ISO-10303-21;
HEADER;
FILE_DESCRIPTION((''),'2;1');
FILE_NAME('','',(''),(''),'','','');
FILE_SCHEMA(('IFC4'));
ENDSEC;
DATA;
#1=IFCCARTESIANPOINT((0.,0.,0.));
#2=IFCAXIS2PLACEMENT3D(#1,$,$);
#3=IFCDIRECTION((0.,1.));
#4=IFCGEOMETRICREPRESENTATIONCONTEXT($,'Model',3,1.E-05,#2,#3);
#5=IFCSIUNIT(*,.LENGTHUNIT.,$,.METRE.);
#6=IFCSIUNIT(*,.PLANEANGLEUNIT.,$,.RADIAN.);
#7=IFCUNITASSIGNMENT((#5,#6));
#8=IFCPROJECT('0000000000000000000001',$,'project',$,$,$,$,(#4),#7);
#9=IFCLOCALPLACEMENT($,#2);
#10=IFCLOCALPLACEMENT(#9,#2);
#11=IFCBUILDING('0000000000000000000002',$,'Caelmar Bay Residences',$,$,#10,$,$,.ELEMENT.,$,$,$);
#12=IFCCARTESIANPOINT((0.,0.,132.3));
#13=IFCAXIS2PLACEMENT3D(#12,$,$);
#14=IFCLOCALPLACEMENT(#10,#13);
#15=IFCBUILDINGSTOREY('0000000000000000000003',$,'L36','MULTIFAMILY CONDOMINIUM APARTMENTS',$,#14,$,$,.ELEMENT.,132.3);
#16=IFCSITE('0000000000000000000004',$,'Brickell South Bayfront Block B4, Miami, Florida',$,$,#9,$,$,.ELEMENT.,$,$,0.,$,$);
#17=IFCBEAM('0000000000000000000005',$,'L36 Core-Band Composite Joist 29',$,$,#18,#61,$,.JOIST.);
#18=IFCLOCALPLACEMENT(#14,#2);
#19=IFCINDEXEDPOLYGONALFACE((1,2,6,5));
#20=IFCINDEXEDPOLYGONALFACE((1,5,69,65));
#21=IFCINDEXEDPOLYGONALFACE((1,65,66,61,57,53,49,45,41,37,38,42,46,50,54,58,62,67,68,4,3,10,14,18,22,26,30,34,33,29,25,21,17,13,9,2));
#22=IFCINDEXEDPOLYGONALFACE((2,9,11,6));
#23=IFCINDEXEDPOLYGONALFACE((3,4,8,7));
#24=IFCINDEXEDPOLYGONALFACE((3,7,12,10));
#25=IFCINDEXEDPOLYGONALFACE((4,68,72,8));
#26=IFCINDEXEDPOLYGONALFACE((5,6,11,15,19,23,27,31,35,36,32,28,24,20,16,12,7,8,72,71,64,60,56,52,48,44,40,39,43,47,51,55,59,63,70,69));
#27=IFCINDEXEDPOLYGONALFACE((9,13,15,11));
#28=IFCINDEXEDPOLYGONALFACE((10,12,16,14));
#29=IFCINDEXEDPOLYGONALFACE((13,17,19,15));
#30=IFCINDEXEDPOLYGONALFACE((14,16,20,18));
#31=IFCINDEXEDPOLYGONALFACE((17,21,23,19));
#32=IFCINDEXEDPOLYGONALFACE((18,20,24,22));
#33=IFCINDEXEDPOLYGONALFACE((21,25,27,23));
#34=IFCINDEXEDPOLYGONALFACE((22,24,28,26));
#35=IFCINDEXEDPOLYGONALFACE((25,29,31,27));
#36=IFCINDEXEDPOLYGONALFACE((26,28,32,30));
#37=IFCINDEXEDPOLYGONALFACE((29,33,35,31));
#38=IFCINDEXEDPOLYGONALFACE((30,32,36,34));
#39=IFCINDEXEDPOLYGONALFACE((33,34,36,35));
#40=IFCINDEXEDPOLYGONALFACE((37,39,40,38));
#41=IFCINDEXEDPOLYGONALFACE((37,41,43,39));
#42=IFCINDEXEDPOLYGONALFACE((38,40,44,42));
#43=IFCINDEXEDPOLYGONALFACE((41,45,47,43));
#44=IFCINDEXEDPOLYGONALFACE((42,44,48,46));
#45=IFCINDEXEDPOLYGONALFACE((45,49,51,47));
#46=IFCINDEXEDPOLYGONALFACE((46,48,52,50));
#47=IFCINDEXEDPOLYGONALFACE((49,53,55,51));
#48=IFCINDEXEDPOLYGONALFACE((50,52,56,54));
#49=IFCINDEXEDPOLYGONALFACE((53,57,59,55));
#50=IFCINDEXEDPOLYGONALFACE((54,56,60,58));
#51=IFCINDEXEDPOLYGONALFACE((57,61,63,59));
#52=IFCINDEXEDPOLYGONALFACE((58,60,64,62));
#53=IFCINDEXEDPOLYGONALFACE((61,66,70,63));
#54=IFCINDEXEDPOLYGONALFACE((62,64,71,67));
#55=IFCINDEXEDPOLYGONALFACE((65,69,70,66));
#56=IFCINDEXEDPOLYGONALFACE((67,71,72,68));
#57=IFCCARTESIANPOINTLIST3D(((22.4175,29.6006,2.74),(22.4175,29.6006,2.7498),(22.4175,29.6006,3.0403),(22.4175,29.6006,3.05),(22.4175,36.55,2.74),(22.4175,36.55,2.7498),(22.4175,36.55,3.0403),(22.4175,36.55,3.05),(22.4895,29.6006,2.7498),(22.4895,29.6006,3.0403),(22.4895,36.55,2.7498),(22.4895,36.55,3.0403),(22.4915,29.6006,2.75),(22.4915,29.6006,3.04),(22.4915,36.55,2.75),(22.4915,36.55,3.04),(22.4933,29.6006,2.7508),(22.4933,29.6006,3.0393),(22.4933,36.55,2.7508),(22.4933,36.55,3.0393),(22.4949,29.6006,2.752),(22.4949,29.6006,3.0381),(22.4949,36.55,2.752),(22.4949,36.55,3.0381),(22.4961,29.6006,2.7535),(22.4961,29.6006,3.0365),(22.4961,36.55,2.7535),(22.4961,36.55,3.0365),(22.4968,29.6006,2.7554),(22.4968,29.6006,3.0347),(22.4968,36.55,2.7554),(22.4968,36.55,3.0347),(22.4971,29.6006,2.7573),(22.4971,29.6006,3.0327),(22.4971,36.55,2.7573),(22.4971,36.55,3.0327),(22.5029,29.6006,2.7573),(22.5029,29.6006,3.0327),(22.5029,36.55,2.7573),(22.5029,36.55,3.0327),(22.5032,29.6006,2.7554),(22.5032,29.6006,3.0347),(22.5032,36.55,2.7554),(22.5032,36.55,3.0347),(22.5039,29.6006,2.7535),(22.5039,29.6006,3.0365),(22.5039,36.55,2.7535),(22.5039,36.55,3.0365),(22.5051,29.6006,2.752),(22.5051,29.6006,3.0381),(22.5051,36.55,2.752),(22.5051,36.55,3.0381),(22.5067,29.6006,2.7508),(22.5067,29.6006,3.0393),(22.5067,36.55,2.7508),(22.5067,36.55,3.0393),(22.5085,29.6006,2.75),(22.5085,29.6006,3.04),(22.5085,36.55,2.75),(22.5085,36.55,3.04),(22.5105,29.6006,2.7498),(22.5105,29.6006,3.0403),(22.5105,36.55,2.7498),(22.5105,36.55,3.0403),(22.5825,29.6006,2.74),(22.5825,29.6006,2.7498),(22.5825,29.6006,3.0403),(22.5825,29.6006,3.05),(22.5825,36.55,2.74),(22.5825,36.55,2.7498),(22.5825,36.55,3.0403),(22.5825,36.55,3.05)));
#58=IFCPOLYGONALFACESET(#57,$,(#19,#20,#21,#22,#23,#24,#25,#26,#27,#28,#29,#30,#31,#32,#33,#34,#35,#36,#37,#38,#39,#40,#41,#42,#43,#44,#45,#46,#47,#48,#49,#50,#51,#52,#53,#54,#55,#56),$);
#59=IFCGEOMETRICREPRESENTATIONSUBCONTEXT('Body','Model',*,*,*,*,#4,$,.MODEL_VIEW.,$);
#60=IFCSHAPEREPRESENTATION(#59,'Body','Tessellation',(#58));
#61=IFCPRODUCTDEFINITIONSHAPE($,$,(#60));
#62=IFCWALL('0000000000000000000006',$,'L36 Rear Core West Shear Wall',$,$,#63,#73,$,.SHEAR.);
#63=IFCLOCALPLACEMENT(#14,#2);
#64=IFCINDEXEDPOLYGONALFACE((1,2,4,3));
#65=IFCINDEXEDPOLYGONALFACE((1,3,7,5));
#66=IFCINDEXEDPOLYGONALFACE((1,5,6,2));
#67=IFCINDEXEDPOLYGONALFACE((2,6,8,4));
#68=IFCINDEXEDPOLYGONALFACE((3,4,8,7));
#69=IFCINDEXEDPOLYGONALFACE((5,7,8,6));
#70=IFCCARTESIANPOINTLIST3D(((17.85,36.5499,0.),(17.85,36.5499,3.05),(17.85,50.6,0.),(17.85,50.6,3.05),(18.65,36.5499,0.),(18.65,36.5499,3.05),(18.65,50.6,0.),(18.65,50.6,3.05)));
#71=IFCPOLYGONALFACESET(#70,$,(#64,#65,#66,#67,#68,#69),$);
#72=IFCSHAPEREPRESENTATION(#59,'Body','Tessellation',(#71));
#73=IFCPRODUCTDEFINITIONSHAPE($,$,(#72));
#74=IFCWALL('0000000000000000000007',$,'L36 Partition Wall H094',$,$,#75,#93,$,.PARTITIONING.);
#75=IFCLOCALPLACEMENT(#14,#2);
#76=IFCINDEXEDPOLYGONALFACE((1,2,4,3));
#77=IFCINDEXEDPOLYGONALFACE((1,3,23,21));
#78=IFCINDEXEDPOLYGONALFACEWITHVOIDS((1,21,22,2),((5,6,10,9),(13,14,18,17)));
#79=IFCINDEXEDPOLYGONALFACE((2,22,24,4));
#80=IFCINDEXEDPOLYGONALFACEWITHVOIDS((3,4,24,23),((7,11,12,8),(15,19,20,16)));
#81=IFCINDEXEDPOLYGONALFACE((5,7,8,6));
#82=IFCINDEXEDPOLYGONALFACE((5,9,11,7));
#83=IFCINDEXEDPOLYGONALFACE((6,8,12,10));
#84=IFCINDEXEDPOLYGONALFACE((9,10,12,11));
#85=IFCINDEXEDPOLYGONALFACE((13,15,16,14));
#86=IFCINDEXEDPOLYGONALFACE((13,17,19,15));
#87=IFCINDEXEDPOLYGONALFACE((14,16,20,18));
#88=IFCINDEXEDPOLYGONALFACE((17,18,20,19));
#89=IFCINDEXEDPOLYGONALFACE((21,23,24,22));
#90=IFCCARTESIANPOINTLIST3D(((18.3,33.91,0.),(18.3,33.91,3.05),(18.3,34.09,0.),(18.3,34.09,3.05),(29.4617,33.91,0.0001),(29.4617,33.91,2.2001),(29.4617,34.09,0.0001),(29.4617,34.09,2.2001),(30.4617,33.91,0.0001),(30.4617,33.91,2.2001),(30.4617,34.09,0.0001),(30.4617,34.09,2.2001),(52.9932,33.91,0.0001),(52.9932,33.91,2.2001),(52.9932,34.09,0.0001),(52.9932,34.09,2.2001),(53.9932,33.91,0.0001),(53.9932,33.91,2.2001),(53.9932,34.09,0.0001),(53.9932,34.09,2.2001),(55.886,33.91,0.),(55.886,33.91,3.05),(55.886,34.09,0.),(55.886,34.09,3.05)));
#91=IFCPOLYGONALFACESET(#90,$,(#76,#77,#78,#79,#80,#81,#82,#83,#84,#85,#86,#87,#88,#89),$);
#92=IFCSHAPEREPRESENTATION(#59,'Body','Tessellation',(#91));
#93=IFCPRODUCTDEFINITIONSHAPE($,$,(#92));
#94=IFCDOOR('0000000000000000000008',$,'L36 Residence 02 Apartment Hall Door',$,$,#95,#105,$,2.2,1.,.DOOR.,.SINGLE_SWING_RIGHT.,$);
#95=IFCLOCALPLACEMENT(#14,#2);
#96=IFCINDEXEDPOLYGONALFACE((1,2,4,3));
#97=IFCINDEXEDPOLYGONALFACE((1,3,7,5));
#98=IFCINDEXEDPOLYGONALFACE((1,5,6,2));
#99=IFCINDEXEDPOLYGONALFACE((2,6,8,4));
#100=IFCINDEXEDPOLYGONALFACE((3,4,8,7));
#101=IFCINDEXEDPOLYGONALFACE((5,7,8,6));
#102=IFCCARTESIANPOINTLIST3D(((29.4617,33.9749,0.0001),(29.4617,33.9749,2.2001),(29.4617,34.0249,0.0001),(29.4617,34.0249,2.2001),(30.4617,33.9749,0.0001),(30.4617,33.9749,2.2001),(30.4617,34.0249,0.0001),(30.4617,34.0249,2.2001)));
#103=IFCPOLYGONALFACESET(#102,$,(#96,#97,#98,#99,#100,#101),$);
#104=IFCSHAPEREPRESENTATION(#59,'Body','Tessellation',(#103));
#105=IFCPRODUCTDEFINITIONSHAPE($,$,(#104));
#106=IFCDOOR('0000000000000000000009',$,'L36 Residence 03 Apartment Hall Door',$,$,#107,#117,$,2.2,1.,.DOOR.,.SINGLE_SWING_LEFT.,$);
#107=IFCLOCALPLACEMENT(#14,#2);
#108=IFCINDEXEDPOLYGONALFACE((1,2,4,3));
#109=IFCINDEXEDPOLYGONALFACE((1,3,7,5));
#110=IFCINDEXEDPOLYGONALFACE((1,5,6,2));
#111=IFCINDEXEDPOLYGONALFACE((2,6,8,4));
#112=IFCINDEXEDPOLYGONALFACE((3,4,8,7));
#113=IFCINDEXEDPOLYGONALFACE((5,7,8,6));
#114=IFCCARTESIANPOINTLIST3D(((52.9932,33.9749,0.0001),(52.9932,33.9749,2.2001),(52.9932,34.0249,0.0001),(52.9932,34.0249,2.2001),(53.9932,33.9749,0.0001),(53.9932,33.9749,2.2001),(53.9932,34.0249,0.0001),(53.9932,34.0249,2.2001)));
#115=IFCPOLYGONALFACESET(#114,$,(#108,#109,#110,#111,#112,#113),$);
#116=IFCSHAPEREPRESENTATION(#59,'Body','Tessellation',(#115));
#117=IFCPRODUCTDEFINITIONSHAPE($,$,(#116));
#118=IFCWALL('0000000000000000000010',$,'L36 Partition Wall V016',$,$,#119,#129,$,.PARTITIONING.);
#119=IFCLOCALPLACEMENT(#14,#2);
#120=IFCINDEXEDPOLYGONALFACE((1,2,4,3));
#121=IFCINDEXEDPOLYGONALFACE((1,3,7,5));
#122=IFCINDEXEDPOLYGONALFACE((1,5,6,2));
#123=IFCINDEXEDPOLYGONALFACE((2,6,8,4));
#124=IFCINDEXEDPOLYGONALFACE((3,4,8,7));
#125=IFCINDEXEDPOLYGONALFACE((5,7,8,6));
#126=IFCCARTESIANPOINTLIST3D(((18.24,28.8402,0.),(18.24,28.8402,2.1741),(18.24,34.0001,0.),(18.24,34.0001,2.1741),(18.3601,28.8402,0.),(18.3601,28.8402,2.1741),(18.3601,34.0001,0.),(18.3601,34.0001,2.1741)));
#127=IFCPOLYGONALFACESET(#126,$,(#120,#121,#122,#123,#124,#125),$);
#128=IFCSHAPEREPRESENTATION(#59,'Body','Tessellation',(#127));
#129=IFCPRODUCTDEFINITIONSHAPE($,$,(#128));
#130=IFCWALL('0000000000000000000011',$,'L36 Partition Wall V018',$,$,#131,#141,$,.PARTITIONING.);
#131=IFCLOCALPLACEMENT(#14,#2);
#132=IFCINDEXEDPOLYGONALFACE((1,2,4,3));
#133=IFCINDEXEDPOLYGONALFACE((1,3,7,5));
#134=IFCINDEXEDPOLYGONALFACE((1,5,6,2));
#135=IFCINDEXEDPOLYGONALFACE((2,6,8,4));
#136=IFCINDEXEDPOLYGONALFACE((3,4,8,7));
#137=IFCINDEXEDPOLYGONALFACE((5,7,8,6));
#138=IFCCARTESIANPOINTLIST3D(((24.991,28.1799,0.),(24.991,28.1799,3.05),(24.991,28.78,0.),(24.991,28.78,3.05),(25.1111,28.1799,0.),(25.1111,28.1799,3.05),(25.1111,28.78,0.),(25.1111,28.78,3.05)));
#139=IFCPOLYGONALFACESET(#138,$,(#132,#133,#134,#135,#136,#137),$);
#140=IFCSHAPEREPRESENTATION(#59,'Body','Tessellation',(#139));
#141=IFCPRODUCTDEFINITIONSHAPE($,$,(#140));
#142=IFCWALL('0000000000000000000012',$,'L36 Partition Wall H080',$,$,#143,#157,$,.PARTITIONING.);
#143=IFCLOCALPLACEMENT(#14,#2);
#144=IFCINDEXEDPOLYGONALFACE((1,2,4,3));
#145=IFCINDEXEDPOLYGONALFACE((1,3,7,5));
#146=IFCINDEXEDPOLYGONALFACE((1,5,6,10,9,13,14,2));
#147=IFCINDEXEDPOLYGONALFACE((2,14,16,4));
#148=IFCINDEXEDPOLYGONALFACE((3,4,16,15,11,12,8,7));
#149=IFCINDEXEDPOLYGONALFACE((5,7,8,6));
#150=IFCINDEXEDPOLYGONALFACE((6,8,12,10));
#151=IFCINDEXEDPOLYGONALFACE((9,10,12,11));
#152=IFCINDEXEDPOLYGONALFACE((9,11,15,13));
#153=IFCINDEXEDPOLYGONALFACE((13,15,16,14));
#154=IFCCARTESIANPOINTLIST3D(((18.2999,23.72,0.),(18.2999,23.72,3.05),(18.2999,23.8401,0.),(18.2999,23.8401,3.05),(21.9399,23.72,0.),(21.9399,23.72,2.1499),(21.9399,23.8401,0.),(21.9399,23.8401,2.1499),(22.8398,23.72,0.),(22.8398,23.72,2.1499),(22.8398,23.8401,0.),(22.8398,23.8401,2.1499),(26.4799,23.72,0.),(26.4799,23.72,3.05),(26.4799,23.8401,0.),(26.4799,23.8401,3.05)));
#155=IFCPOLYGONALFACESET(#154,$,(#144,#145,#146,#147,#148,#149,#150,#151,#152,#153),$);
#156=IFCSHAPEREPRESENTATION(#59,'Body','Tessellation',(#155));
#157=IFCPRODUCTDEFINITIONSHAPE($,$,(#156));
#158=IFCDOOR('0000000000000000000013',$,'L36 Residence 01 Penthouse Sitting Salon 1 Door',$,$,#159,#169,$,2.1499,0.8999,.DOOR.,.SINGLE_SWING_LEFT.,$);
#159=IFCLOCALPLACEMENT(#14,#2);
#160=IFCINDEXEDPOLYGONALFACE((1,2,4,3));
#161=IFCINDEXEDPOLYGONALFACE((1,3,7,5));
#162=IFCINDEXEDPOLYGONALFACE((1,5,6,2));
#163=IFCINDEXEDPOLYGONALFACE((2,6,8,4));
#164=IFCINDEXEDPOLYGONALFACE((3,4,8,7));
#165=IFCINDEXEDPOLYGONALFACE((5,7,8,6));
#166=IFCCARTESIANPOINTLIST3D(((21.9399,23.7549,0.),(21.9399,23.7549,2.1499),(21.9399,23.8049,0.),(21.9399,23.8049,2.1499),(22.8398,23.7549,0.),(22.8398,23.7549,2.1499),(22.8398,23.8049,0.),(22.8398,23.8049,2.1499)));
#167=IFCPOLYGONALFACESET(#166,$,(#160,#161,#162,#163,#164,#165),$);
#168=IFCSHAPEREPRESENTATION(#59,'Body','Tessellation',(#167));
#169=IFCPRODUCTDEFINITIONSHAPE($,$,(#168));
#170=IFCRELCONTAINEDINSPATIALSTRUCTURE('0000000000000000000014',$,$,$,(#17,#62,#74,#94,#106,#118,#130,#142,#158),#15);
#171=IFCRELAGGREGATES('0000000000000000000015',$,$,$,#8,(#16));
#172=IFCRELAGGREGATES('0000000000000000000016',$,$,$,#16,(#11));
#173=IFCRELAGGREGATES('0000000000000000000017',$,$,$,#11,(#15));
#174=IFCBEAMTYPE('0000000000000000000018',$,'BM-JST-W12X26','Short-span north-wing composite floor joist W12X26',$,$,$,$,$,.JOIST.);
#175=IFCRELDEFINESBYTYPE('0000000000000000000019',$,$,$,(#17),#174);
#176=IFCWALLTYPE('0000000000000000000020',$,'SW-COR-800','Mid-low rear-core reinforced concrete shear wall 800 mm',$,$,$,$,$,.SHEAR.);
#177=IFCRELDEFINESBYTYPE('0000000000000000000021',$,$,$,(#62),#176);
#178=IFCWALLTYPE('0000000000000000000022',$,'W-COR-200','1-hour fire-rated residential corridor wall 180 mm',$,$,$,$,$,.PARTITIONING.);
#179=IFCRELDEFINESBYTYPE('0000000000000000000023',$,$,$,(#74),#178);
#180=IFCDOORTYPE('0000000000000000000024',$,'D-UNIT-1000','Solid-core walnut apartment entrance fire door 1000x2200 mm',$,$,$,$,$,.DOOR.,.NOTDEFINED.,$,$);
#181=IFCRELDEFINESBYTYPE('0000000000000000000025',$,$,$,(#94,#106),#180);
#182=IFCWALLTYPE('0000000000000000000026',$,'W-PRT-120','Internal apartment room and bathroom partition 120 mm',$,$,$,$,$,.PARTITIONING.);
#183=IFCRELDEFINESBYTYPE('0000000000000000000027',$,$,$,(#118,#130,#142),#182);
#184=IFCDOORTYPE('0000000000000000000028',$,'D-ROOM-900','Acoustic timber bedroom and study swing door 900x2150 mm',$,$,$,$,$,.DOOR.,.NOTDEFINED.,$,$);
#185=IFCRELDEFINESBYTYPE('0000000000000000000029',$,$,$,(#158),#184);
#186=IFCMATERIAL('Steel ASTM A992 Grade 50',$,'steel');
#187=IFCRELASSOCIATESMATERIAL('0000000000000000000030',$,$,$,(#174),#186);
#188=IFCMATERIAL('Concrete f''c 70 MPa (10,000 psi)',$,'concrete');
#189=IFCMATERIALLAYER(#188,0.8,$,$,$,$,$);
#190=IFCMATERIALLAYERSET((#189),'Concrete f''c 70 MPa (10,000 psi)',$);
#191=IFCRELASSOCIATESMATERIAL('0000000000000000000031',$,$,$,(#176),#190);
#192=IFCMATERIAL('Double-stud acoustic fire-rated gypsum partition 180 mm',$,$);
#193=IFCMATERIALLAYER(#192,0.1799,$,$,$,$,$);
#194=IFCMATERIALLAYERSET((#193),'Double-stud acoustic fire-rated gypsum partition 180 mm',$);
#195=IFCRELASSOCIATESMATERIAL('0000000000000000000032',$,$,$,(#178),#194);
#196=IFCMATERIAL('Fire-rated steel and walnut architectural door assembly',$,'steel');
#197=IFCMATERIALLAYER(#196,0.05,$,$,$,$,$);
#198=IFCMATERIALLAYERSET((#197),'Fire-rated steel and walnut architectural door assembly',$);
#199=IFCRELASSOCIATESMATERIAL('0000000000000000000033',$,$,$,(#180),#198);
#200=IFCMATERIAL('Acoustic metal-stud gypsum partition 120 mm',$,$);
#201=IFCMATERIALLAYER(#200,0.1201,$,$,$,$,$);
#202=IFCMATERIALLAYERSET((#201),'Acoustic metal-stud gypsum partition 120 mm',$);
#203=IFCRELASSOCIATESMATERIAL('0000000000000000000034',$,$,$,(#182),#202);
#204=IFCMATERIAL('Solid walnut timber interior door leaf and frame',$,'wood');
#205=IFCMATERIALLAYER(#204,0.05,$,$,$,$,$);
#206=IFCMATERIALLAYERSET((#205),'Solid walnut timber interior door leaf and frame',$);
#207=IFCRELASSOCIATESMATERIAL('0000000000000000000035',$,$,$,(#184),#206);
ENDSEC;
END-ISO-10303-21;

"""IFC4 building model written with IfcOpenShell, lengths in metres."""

from ifc_helpers import new_model, si_unit, direction, frame, frame_2d, origin, origin_2d, place, context, subcontext, project, spatial, rectangle, i_section, extrude, material, layer, layer_set, material_profile, profile_set, type_object, element, fill, save


model = new_model("IFC4")

# Units and contexts
model_context = context("Model", 3, precision=1e-05, world=origin(), true_north=direction((0.0, 1.0)))
body_context = subcontext(model_context, "Body", "Model", "MODEL_VIEW")
ifc_project = project(units=[si_unit("LENGTHUNIT", "METRE"), si_unit("PLANEANGLEUNIT", "RADIAN")], contexts=[model_context])

# Site, building, storey
site_placement = place(None, origin())
site = spatial("IfcSite", under=ifc_project, at=site_placement, Name="Brickell South Bayfront Block B4, Miami, Florida", CompositionType="ELEMENT", RefElevation=0.0)
building_placement = place(site_placement, origin())
building = spatial("IfcBuilding", under=site, at=building_placement, Name="Caelmar Bay Residences", CompositionType="ELEMENT")
storey_placement = place(building_placement, frame((0.0, 0.0, 132.3)))
storey = spatial("IfcBuildingStorey", under=building, at=storey_placement, Name="L36", Description="MULTIFAMILY CONDOMINIUM APARTMENTS", CompositionType="ELEMENT", Elevation=132.3)

# Shared definitions
ifc_material_1 = material(Name="Concrete f'c 70 MPa (10,000 psi)", Category="concrete")

# Beam
ifc_material_2 = material(Name="Steel ASTM A992 Grade 50", Category="steel")
ifc_material_profile_1 = material_profile(ifc_material_2, i_section(OverallWidth=0.165, OverallDepth=0.3101, WebThickness=0.0059, FlangeThickness=0.0098, FilletRadius=0.0076, at=origin_2d()), Name="W12X26")
ifc_profile_set_1 = profile_set([ifc_material_profile_1], Name="Steel ASTM A992 Grade 50")
beam_type_1 = type_object("IfcBeamType", Name="BM-JST-W12X26", Description="Short-span north-wing composite floor joist W12X26", PredefinedType="JOIST", material=ifc_profile_set_1)
beam_1_placement = place(storey_placement, frame((22.5, 29.6006, 2.895), z_axis=(0.0, 1.0, 0.0), x_axis=(-1.0, 0.0, 0.0)))
element("IfcBeam", 1, at=beam_1_placement, inside=storey, type_object=beam_type_1, Name="L36 Core-Band Composite Joist 29", PredefinedType="JOIST", context=body_context, shape_type="SweptSolid", body=[
    extrude(i_section(OverallWidth=0.165, OverallDepth=0.3101, WebThickness=0.0059, FlangeThickness=0.0098, FilletRadius=0.0076, at=origin_2d()), origin(), (0.0, 0.0, 1.0), 6.9495),
])

# Shared definitions
ifc_material_3 = material(Name="Fire-rated steel and walnut architectural door assembly", Category="steel")

# Shared definitions
ifc_layer_1 = layer(ifc_material_1, 0.8)
ifc_layer_set_1 = layer_set([ifc_layer_1], Name="Concrete f'c 70 MPa (10,000 psi)")
wall_type_1 = type_object("IfcWallType", Name="SW-COR-800", Description="Mid-low rear-core reinforced concrete shear wall 800 mm", PredefinedType="SHEAR", material=ifc_layer_set_1)

# Wall
wall_1_placement = place(storey_placement, frame((18.25, 36.55, 0.0), z_axis=(0.0, 0.0, 1.0), x_axis=(0.0, 1.0, 0.0)))
element("IfcWall", 2, at=wall_1_placement, inside=storey, type_object=wall_type_1, Name="L36 Rear Core West Shear Wall", PredefinedType="SHEAR", context=body_context, shape_type="SweptSolid", body=[
    extrude(rectangle(XDim=14.05, YDim=0.8, at=frame_2d((7.0249, 0.0))), origin(), (0.0, 0.0, 1.0), 3.05),
])

# Wall, openings, doors
ifc_material_4 = material(Name="Double-stud acoustic fire-rated gypsum partition 180 mm")
ifc_layer_2 = layer(ifc_material_4, 0.1799)
ifc_layer_set_2 = layer_set([ifc_layer_2], Name="Double-stud acoustic fire-rated gypsum partition 180 mm")
wall_type_2 = type_object("IfcWallType", Name="W-COR-200", Description="1-hour fire-rated residential corridor wall 180 mm", PredefinedType="PARTITIONING", material=ifc_layer_set_2)
wall_2_placement = place(storey_placement, frame((18.3, 34.0, 0.0), z_axis=(0.0, 0.0, 1.0), x_axis=(1.0, 0.0, 0.0)))
wall_2 = element("IfcWall", 3, at=wall_2_placement, inside=storey, type_object=wall_type_2, Name="L36 Partition Wall H094", PredefinedType="PARTITIONING", context=body_context, shape_type="SweptSolid", body=[
    extrude(rectangle(XDim=37.5859, YDim=0.1799, at=frame_2d((18.793, 0.0))), origin(), (0.0, 0.0, 1.0), 3.05),
])
opening_1_placement = place(wall_2_placement, frame((11.1616, 0.0, 0.0)))
opening_1 = element("IfcOpeningElement", 4, at=opening_1_placement, cuts=wall_2, PredefinedType="OPENING", context=body_context, shape_type="SweptSolid", body=[
    extrude(rectangle(XDim=1.0, YDim=2.2, at=frame_2d((0.5, 1.1001))), frame((0.0, 0.0999, 0.0), z_axis=(0.0, -1.0, 0.0), x_axis=(1.0, 0.0, 0.0)), (0.0, 0.0, 1.0), 0.2),
])
opening_2_placement = place(wall_2_placement, frame((34.6931, 0.0, 0.0)))
opening_2 = element("IfcOpeningElement", 5, at=opening_2_placement, cuts=wall_2, PredefinedType="OPENING", context=body_context, shape_type="SweptSolid", body=[
    extrude(rectangle(XDim=1.0, YDim=2.2, at=frame_2d((0.5, 1.1001))), frame((0.0, 0.0999, 0.0), z_axis=(0.0, -1.0, 0.0), x_axis=(1.0, 0.0, 0.0)), (0.0, 0.0, 1.0), 0.2),
])
ifc_layer_3 = layer(ifc_material_3, 0.05)
ifc_layer_set_3 = layer_set([ifc_layer_3], Name="Fire-rated steel and walnut architectural door assembly")
door_type_1 = type_object("IfcDoorType", Name="D-UNIT-1000", Description="Solid-core walnut apartment entrance fire door 1000x2200 mm", OperationType="NOTDEFINED", PredefinedType="DOOR", material=ifc_layer_set_3)
door_1_placement = place(opening_1_placement, origin())
door_1 = element("IfcDoor", 6, at=door_1_placement, inside=storey, type_object=door_type_1, Name="L36 Residence 02 Apartment Hall Door", OperationType="SINGLE_SWING_RIGHT", OverallHeight=2.2, OverallWidth=1.0, PredefinedType="DOOR", context=body_context, shape_type="SweptSolid", body=[
    extrude(rectangle(XDim=1.0, YDim=2.2, at=frame_2d((0.5, 1.1001))), frame((0.0, 0.0249, 0.0), z_axis=(0.0, -1.0, 0.0), x_axis=(1.0, 0.0, 0.0)), (0.0, 0.0, 1.0), 0.05),
])
fill(opening_1, door_1)
door_2_placement = place(opening_2_placement, origin())
door_2 = element("IfcDoor", 7, at=door_2_placement, inside=storey, type_object=door_type_1, Name="L36 Residence 03 Apartment Hall Door", OperationType="SINGLE_SWING_LEFT", OverallHeight=2.2, OverallWidth=1.0, PredefinedType="DOOR", context=body_context, shape_type="SweptSolid", body=[
    extrude(rectangle(XDim=1.0, YDim=2.2, at=frame_2d((0.5, 1.1001))), frame((0.0, 0.0249, 0.0), z_axis=(0.0, -1.0, 0.0), x_axis=(1.0, 0.0, 0.0)), (0.0, 0.0, 1.0), 0.05),
])
fill(opening_2, door_2)

# Walls
ifc_material_5 = material(Name="Acoustic metal-stud gypsum partition 120 mm")
ifc_layer_4 = layer(ifc_material_5, 0.1201)
ifc_layer_set_4 = layer_set([ifc_layer_4], Name="Acoustic metal-stud gypsum partition 120 mm")
wall_type_3 = type_object("IfcWallType", Name="W-PRT-120", Description="Internal apartment room and bathroom partition 120 mm", PredefinedType="PARTITIONING", material=ifc_layer_set_4)
wall_3_placement = place(storey_placement, frame((18.3, 28.8401, 0.0), z_axis=(0.0, 0.0, 1.0), x_axis=(0.0, 1.0, 0.0)))
element("IfcWall", 8, at=wall_3_placement, inside=storey, type_object=wall_type_3, Name="L36 Partition Wall V016", PredefinedType="PARTITIONING", context=body_context, shape_type="SweptSolid", body=[
    extrude(rectangle(XDim=5.1599, YDim=0.1201, at=frame_2d((2.5801, 0.0))), origin(), (0.0, 0.0, 1.0), 2.1741),
])
wall_4_placement = place(storey_placement, frame((25.051, 28.1799, 0.0), z_axis=(0.0, 0.0, 1.0), x_axis=(0.0, 1.0, 0.0)))
element("IfcWall", 9, at=wall_4_placement, inside=storey, type_object=wall_type_3, Name="L36 Partition Wall V018", PredefinedType="PARTITIONING", context=body_context, shape_type="SweptSolid", body=[
    extrude(rectangle(XDim=0.6001, YDim=0.1201, at=frame_2d((0.3, 0.0))), origin(), (0.0, 0.0, 1.0), 3.05),
])

# Wall, opening, door
wall_5_placement = place(storey_placement, frame((18.3, 23.78, 0.0), z_axis=(0.0, 0.0, 1.0), x_axis=(1.0, 0.0, 0.0)))
wall_5 = element("IfcWall", 10, at=wall_5_placement, inside=storey, type_object=wall_type_3, Name="L36 Partition Wall H080", PredefinedType="PARTITIONING", context=body_context, shape_type="SweptSolid", body=[
    extrude(rectangle(XDim=8.1799, YDim=0.1201, at=frame_2d((4.0898, 0.0))), origin(), (0.0, 0.0, 1.0), 3.05),
])
opening_3_placement = place(wall_5_placement, frame((3.6399, 0.0, 0.0)))
opening_3 = element("IfcOpeningElement", 11, at=opening_3_placement, cuts=wall_5, PredefinedType="OPENING", context=body_context, shape_type="SweptSolid", body=[
    extrude(rectangle(XDim=0.8999, YDim=2.1499, at=frame_2d((0.45, 1.075))), frame((0.0, 0.0701, 0.0), z_axis=(0.0, -1.0, 0.0), x_axis=(1.0, 0.0, 0.0)), (0.0, 0.0, 1.0), 0.1401),
])
ifc_material_6 = material(Name="Solid walnut timber interior door leaf and frame", Category="wood")
ifc_layer_5 = layer(ifc_material_6, 0.05)
ifc_layer_set_5 = layer_set([ifc_layer_5], Name="Solid walnut timber interior door leaf and frame")
door_type_2 = type_object("IfcDoorType", Name="D-ROOM-900", Description="Acoustic timber bedroom and study swing door 900x2150 mm", OperationType="NOTDEFINED", PredefinedType="DOOR", material=ifc_layer_set_5)
door_3_placement = place(opening_3_placement, origin())
door_3 = element("IfcDoor", 12, at=door_3_placement, inside=storey, type_object=door_type_2, Name="L36 Residence 01 Penthouse Sitting Salon 1 Door", OperationType="SINGLE_SWING_LEFT", OverallHeight=2.1499, OverallWidth=0.8999, PredefinedType="DOOR", context=body_context, shape_type="SweptSolid", body=[
    extrude(rectangle(XDim=0.8999, YDim=2.1499, at=frame_2d((0.45, 1.075))), frame((0.0, 0.0249, 0.0), z_axis=(0.0, -1.0, 0.0), x_axis=(1.0, 0.0, 0.0)), (0.0, 0.0, 1.0), 0.05),
])
fill(opening_3, door_3)

save(model, "model.ifc")
